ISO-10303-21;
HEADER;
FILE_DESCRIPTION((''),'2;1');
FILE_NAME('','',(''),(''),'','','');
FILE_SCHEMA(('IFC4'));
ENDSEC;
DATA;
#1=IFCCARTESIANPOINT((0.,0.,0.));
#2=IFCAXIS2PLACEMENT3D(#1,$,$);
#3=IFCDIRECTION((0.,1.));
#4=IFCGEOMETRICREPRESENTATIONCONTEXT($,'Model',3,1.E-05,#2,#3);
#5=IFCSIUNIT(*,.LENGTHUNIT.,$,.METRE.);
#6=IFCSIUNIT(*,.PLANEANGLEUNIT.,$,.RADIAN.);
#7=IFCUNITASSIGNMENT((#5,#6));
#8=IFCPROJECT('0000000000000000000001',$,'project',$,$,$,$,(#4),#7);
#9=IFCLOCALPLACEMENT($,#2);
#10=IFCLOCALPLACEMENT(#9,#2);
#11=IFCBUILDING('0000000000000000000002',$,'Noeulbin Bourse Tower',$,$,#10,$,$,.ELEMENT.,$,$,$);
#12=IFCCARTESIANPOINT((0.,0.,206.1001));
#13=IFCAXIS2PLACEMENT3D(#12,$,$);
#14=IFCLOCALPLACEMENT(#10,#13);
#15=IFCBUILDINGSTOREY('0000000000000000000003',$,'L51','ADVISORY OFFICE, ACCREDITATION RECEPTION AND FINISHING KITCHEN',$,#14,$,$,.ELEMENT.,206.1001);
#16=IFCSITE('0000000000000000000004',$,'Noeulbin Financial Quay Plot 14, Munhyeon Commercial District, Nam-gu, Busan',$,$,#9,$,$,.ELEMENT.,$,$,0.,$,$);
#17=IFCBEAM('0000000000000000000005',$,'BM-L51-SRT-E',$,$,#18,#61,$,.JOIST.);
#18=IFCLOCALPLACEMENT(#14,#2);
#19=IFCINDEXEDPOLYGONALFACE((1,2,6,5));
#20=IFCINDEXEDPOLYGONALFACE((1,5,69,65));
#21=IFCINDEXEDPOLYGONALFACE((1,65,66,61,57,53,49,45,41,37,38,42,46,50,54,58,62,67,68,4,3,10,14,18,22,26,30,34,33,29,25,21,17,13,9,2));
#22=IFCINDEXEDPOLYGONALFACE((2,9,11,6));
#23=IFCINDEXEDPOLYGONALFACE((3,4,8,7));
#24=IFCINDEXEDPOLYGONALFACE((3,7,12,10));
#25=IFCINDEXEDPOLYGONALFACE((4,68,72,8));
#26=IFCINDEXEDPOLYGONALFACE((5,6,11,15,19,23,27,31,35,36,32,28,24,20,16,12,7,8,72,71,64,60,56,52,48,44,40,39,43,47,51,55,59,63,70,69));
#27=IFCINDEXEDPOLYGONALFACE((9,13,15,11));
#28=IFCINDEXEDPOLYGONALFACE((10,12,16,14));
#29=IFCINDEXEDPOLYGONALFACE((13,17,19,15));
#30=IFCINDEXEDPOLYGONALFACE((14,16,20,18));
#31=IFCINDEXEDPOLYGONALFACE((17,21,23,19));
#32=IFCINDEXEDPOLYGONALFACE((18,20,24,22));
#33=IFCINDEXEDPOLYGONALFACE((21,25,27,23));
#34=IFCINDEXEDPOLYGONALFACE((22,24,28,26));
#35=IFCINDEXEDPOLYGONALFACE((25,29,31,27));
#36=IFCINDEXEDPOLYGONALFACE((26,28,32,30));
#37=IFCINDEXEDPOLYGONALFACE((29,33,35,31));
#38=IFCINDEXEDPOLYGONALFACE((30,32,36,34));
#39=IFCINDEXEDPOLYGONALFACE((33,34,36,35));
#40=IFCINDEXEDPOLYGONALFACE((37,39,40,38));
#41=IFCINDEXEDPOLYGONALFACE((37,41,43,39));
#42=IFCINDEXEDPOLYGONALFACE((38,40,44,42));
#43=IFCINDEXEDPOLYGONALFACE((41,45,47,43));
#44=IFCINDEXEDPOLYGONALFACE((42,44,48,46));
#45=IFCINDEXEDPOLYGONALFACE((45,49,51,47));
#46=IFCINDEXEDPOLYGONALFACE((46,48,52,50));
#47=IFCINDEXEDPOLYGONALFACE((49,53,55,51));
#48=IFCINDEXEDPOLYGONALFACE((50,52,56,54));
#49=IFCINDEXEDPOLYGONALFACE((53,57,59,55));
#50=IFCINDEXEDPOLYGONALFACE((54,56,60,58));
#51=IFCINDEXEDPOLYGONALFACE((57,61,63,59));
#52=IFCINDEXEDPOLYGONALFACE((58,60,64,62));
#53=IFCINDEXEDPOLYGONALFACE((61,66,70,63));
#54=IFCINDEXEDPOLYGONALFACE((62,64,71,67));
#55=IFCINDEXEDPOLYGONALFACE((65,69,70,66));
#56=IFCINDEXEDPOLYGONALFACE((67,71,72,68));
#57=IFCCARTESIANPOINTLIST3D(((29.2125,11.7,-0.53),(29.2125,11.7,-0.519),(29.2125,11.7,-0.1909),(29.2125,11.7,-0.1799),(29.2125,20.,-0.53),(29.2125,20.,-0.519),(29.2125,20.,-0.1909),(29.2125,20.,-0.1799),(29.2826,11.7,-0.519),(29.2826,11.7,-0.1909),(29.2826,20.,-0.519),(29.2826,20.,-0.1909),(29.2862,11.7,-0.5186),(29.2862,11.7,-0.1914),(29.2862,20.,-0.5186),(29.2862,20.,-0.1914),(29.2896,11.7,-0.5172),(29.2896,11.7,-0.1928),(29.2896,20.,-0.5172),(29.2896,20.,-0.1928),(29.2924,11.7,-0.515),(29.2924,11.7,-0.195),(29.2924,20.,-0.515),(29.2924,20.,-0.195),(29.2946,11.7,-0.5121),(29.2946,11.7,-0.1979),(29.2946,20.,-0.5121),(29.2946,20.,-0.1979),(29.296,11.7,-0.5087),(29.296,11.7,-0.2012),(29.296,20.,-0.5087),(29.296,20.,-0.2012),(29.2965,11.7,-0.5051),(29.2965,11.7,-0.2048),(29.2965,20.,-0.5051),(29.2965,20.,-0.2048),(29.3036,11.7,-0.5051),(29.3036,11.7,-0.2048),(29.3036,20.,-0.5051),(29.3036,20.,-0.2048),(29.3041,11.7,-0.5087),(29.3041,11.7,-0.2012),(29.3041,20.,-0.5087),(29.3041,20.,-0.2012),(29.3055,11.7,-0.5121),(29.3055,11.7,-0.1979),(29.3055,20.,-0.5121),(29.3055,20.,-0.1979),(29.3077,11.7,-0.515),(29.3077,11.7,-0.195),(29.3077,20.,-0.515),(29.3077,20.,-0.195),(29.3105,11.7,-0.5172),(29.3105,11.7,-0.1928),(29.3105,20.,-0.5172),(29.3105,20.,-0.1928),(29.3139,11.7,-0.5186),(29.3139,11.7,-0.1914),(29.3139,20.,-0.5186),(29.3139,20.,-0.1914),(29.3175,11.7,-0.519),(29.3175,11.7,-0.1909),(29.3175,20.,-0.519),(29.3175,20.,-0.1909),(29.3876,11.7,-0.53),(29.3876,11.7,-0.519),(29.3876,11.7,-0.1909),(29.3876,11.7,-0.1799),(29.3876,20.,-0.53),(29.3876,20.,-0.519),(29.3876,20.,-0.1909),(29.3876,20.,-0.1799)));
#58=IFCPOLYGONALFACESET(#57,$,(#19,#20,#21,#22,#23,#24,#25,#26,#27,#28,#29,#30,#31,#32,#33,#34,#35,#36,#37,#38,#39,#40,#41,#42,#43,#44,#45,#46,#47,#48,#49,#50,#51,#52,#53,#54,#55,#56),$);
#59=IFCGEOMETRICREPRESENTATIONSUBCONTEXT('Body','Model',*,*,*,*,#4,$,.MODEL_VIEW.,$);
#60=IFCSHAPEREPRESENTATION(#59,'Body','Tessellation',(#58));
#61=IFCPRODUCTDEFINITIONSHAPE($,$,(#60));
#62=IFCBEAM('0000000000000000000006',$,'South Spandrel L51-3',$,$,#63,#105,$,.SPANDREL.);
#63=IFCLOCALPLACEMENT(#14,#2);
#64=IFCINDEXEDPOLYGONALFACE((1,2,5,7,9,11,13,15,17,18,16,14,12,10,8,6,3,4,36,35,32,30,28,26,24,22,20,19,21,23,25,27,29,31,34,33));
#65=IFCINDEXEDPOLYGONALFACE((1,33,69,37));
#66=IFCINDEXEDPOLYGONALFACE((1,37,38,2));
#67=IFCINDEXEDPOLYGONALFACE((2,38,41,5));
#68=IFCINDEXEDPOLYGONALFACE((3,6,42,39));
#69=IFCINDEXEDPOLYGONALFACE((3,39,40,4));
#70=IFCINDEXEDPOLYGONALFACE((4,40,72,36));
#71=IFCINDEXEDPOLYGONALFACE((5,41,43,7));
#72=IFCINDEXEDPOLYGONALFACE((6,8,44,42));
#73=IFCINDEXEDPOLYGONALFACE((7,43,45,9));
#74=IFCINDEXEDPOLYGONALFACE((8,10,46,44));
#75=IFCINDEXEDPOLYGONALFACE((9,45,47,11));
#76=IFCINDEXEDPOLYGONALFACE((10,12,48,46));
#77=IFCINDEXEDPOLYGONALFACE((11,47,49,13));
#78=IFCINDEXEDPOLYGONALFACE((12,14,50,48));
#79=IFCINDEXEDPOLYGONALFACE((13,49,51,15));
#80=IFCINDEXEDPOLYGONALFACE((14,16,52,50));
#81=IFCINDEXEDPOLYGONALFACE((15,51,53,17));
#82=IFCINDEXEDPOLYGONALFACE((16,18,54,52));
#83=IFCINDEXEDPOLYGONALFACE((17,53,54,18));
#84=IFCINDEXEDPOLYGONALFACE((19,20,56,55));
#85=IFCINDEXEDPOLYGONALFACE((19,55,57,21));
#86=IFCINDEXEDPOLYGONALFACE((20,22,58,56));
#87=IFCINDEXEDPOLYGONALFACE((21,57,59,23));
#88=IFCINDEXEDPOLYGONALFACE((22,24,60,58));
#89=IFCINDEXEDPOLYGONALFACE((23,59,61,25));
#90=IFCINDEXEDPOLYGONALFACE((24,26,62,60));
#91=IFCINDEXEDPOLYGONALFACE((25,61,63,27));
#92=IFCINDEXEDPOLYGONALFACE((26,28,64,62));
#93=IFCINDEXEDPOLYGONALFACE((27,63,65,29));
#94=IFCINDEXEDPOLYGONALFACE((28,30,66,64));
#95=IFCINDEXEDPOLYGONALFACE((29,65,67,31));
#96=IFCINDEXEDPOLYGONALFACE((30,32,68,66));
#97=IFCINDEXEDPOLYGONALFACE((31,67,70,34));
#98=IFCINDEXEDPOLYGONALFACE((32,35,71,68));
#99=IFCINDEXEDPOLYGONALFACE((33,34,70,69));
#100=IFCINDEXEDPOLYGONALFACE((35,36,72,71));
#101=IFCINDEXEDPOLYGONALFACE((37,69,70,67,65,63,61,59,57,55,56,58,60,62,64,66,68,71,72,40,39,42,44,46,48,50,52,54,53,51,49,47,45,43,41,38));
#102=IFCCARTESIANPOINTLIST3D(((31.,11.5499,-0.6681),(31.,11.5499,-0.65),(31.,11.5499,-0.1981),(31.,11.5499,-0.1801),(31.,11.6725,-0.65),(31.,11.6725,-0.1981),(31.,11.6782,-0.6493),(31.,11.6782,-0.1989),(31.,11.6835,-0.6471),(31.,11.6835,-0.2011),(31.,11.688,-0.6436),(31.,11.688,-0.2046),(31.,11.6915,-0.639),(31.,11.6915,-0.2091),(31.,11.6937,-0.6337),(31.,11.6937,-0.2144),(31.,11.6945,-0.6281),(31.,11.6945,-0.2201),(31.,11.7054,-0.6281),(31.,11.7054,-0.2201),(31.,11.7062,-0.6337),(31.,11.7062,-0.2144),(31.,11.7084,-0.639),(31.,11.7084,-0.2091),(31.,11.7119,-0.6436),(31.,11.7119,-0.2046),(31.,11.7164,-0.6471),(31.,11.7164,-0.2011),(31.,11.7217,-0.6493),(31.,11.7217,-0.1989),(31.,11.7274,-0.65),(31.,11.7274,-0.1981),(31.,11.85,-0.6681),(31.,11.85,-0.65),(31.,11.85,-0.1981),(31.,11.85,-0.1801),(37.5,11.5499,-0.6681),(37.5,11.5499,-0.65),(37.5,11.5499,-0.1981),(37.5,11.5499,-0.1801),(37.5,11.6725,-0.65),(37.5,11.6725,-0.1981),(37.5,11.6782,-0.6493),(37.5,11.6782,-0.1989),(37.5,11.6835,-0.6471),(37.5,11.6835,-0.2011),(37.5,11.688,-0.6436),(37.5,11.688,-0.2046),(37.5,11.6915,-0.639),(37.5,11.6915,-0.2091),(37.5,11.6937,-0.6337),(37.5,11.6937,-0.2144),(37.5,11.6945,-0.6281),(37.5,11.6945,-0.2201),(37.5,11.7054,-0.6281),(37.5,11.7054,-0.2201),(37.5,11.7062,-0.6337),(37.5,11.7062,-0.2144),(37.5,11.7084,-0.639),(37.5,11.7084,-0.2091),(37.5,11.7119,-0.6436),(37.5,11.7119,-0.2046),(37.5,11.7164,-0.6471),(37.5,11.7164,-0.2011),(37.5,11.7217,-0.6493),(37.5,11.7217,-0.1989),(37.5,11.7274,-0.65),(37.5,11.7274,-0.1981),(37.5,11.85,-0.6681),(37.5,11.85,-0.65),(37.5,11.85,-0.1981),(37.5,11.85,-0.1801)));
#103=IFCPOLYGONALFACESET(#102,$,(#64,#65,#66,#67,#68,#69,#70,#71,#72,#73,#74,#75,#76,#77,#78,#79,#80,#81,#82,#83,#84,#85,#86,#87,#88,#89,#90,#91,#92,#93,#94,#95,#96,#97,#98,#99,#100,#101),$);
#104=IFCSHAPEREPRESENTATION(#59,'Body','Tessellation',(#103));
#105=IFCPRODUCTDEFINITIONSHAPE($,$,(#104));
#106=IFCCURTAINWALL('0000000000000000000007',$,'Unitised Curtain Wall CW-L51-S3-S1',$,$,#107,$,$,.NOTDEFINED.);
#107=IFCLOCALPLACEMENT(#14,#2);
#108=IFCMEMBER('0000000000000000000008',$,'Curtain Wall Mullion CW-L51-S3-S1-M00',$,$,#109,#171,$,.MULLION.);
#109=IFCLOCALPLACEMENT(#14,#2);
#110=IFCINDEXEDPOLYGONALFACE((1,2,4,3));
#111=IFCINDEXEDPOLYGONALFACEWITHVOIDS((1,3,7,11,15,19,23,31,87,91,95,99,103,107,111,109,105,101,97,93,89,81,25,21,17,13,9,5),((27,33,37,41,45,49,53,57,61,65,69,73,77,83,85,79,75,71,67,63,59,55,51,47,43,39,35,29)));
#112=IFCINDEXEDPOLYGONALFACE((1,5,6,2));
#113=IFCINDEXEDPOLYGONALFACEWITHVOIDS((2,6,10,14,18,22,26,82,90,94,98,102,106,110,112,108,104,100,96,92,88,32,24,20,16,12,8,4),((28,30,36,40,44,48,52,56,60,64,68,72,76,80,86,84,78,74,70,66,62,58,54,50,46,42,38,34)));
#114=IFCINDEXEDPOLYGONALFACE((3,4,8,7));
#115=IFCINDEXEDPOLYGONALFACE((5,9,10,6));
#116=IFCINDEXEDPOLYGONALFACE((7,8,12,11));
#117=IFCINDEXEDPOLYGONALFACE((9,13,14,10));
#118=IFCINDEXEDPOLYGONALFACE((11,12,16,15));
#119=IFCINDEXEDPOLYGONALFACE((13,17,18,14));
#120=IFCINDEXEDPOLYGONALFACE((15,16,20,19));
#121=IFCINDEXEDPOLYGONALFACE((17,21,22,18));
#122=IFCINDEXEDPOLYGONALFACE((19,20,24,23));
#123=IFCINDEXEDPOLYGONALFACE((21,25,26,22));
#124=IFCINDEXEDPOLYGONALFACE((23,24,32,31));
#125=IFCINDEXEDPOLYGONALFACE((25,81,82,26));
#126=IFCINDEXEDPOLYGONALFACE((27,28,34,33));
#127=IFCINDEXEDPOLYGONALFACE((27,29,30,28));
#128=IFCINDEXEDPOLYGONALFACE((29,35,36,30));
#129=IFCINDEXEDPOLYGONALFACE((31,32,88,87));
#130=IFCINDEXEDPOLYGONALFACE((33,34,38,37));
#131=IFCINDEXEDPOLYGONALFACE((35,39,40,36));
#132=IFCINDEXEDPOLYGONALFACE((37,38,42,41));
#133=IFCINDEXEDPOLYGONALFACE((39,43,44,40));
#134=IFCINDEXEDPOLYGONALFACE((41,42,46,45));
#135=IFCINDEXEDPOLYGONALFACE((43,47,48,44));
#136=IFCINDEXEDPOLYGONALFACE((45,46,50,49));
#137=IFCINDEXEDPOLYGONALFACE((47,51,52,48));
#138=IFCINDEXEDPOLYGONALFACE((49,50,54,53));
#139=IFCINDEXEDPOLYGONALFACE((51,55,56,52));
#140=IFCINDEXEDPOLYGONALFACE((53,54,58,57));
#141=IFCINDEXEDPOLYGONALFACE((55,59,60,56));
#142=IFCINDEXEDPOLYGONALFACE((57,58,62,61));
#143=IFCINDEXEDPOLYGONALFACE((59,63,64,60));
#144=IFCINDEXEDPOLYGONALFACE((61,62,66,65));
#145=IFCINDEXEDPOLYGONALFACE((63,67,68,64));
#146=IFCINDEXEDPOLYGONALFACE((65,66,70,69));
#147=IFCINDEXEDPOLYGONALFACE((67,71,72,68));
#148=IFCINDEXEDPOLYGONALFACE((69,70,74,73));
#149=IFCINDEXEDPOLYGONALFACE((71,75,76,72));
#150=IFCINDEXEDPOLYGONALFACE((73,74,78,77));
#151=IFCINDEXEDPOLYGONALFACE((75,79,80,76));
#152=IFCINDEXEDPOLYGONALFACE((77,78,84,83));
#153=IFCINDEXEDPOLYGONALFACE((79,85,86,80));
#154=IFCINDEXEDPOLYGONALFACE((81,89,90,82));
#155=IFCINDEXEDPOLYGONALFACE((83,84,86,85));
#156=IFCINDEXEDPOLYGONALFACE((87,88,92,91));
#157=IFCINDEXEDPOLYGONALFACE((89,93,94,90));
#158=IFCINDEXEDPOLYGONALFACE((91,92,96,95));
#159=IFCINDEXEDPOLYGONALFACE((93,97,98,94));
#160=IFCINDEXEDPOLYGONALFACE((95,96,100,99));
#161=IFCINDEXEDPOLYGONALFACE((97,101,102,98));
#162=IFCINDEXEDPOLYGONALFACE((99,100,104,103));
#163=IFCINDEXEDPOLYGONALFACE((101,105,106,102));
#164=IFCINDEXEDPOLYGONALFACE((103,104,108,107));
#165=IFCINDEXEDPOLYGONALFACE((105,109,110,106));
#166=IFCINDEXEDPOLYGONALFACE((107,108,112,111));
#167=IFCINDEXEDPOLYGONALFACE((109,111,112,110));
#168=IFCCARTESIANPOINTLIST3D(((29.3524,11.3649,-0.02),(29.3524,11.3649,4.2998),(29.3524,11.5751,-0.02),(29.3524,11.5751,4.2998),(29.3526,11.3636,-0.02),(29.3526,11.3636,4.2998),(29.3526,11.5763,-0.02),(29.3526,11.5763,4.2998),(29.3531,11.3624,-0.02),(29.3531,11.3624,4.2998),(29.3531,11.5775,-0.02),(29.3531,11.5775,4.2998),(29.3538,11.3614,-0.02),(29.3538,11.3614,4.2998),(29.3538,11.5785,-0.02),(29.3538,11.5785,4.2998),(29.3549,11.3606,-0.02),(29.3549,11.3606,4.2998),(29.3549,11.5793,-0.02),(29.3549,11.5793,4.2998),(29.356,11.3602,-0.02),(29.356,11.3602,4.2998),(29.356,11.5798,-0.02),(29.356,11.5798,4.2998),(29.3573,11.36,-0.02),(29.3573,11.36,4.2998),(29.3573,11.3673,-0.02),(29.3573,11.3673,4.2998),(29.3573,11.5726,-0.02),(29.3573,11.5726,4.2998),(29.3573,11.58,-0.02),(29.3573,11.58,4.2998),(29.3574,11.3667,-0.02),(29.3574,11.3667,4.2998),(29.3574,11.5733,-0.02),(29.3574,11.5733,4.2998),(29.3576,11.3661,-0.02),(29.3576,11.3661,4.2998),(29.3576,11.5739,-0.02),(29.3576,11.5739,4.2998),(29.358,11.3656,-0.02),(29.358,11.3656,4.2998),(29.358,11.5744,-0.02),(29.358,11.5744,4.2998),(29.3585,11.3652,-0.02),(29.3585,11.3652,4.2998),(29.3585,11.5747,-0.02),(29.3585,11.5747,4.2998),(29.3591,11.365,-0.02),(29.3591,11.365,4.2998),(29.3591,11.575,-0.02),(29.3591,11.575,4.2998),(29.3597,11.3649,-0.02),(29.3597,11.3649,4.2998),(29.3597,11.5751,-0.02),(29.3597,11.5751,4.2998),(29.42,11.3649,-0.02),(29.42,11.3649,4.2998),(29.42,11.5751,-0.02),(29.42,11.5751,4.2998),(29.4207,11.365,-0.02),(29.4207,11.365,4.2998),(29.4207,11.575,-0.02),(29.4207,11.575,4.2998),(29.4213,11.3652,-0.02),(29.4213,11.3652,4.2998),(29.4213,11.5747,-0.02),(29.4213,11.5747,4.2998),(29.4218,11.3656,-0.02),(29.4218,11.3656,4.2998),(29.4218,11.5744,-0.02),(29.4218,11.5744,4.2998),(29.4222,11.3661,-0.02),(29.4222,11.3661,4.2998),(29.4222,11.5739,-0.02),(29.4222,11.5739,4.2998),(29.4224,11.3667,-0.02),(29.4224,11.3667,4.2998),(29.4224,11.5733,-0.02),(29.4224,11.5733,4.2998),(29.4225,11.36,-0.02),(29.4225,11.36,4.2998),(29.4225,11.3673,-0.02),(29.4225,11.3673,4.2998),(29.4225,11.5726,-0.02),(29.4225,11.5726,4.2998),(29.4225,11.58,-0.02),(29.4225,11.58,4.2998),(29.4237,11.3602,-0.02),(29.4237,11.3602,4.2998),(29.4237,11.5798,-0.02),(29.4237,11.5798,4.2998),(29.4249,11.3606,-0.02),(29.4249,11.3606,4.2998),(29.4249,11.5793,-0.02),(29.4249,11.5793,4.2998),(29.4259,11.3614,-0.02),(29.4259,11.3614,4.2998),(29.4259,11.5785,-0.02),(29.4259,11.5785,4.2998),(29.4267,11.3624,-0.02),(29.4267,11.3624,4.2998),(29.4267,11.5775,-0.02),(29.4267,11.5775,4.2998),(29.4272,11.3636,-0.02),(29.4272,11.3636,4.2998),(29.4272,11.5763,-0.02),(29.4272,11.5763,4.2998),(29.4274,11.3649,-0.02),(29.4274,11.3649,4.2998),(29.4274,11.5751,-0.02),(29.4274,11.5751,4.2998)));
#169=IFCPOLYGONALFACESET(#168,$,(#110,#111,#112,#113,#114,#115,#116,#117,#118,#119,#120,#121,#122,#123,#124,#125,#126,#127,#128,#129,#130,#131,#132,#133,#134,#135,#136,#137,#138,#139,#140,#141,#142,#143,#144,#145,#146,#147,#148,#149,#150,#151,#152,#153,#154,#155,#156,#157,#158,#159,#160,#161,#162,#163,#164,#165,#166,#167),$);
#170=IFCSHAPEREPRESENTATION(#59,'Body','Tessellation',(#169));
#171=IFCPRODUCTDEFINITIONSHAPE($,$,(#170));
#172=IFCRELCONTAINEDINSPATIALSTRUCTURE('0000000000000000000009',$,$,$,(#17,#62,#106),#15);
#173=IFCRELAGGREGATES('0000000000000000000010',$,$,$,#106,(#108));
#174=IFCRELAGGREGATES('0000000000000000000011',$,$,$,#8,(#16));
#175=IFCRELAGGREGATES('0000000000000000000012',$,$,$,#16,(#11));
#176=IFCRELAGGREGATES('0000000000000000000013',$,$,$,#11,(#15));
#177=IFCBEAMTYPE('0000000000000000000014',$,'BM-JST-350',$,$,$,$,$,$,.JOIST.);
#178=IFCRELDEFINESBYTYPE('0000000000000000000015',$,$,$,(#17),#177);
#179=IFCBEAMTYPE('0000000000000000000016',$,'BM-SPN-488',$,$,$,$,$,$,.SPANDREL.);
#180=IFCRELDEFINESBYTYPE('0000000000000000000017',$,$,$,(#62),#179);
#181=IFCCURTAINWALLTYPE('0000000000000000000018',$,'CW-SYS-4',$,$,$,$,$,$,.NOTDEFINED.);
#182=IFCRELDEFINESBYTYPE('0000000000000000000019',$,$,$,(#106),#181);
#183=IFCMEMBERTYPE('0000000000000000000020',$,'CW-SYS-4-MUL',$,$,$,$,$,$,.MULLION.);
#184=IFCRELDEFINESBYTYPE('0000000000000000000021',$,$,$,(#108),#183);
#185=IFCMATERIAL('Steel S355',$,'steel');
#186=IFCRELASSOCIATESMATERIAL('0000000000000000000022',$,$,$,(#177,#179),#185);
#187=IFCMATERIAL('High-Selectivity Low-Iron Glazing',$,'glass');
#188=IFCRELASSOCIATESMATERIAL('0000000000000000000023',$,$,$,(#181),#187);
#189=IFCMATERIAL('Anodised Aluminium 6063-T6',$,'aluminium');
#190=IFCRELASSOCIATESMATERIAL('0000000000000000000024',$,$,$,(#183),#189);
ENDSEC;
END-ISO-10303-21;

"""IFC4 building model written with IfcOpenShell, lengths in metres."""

from ifc_helpers import new_model, si_unit, direction, frame, origin, origin_2d, place, context, subcontext, project, spatial, hollow_rectangle, i_section, extrude, material, material_profile, profile_set, type_object, element, aggregate, save


model = new_model("IFC4")

# Units and contexts
model_context = context("Model", 3, precision=1e-05, world=origin(), true_north=direction((0.0, 1.0)))
body_context = subcontext(model_context, "Body", "Model", "MODEL_VIEW")
ifc_project = project(units=[si_unit("LENGTHUNIT", "METRE"), si_unit("PLANEANGLEUNIT", "RADIAN")], contexts=[model_context])

# Site, building, storey
site_placement = place(None, origin())
site = spatial("IfcSite", under=ifc_project, at=site_placement, Name="Noeulbin Financial Quay Plot 14, Munhyeon Commercial District, Nam-gu, Busan", CompositionType="ELEMENT", RefElevation=0.0)
building_placement = place(site_placement, origin())
building = spatial("IfcBuilding", under=site, at=building_placement, Name="Noeulbin Bourse Tower", CompositionType="ELEMENT")
storey_placement = place(building_placement, frame((0.0, 0.0, 206.1001)))
storey = spatial("IfcBuildingStorey", under=building, at=storey_placement, Name="L51", Description="ADVISORY OFFICE, ACCREDITATION RECEPTION AND FINISHING KITCHEN", CompositionType="ELEMENT", Elevation=206.1001)

# Shared definitions
ifc_material_1 = material(Name="Steel S355", Category="steel")

# Beams
ifc_material_profile_1 = material_profile(ifc_material_1, i_section(OverallWidth=0.175, OverallDepth=0.3501, WebThickness=0.0071, FlangeThickness=0.011, FilletRadius=0.0139, at=origin_2d()), Name="H-350x175x7x11", Category="LoadBearing")
ifc_profile_set_1 = profile_set([ifc_material_profile_1], Name="Steel S355")
beam_type_1 = type_object("IfcBeamType", Name="BM-JST-350", PredefinedType="JOIST", material=ifc_profile_set_1)
beam_1_placement = place(storey_placement, frame((29.3, 11.7, -0.355), z_axis=(0.0, 1.0, 0.0), x_axis=(-1.0, 0.0, 0.0)))
element("IfcBeam", 1, at=beam_1_placement, inside=storey, type_object=beam_type_1, Name="BM-L51-SRT-E", PredefinedType="JOIST", context=body_context, shape_type="SweptSolid", body=[
    extrude(i_section(OverallWidth=0.175, OverallDepth=0.3501, WebThickness=0.0071, FlangeThickness=0.011, FilletRadius=0.0139, at=origin_2d()), origin(), (0.0, 0.0, 1.0), 8.3),
])
ifc_material_profile_2 = material_profile(ifc_material_1, i_section(OverallWidth=0.3, OverallDepth=0.488, WebThickness=0.011, FlangeThickness=0.0181, FilletRadius=0.022, at=origin_2d()), Name="H-488x300x11x18", Category="LoadBearing")
ifc_profile_set_2 = profile_set([ifc_material_profile_2], Name="Steel S355")
beam_type_2 = type_object("IfcBeamType", Name="BM-SPN-488", PredefinedType="SPANDREL", material=ifc_profile_set_2)
beam_2_placement = place(storey_placement, frame((31.0, 11.7, -0.4241), z_axis=(1.0, 0.0, 0.0), x_axis=(0.0, 1.0, 0.0)))
element("IfcBeam", 2, at=beam_2_placement, inside=storey, type_object=beam_type_2, Name="South Spandrel L51-3", PredefinedType="SPANDREL", context=body_context, shape_type="SweptSolid", body=[
    extrude(i_section(OverallWidth=0.3, OverallDepth=0.488, WebThickness=0.011, FlangeThickness=0.0181, FilletRadius=0.022, at=origin_2d()), origin(), (0.0, 0.0, 1.0), 6.5),
])

# Curtain wall, member
ifc_material_2 = material(Name="High-Selectivity Low-Iron Glazing", Category="glass")
curtain_wall_type = type_object("IfcCurtainWallType", Name="CW-SYS-4", PredefinedType="NOTDEFINED", material=ifc_material_2)
curtain_wall_1_placement = place(storey_placement, origin())
curtain_wall_1 = element("IfcCurtainWall", 3, at=curtain_wall_1_placement, inside=storey, type_object=curtain_wall_type, Name="Unitised Curtain Wall CW-L51-S3-S1", PredefinedType="NOTDEFINED")
ifc_material_3 = material(Name="Anodised Aluminium 6063-T6", Category="aluminium")
ifc_material_profile_3 = material_profile(ifc_material_3, hollow_rectangle(XDim=0.075, YDim=0.22, WallThickness=0.0049, InnerFilletRadius=0.0024, OuterFilletRadius=0.0049, at=origin_2d()), Name="ALU-MULL-75x220x5", Category="LoadBearing")
ifc_profile_set_3 = profile_set([ifc_material_profile_3], Name="Anodised Aluminium 6063-T6")
member_type_1 = type_object("IfcMemberType", Name="CW-SYS-4-MUL", PredefinedType="MULLION", material=ifc_profile_set_3)
member_1_placement = place(storey_placement, frame((29.3899, 11.47, -0.02), z_axis=(0.0, 0.0, 1.0), x_axis=(1.0, 0.0, 0.0)))
member_1 = element("IfcMember", 4, at=member_1_placement, type_object=member_type_1, Name="Curtain Wall Mullion CW-L51-S3-S1-M00", PredefinedType="MULLION", context=body_context, shape_type="SweptSolid", body=[
    extrude(hollow_rectangle(XDim=0.075, YDim=0.22, WallThickness=0.0049, InnerFilletRadius=0.0024, OuterFilletRadius=0.0049, at=origin_2d()), origin(), (0.0, 0.0, 1.0), 4.3198),
])

aggregate(curtain_wall_1, [member_1])

save(model, "model.ifc")
